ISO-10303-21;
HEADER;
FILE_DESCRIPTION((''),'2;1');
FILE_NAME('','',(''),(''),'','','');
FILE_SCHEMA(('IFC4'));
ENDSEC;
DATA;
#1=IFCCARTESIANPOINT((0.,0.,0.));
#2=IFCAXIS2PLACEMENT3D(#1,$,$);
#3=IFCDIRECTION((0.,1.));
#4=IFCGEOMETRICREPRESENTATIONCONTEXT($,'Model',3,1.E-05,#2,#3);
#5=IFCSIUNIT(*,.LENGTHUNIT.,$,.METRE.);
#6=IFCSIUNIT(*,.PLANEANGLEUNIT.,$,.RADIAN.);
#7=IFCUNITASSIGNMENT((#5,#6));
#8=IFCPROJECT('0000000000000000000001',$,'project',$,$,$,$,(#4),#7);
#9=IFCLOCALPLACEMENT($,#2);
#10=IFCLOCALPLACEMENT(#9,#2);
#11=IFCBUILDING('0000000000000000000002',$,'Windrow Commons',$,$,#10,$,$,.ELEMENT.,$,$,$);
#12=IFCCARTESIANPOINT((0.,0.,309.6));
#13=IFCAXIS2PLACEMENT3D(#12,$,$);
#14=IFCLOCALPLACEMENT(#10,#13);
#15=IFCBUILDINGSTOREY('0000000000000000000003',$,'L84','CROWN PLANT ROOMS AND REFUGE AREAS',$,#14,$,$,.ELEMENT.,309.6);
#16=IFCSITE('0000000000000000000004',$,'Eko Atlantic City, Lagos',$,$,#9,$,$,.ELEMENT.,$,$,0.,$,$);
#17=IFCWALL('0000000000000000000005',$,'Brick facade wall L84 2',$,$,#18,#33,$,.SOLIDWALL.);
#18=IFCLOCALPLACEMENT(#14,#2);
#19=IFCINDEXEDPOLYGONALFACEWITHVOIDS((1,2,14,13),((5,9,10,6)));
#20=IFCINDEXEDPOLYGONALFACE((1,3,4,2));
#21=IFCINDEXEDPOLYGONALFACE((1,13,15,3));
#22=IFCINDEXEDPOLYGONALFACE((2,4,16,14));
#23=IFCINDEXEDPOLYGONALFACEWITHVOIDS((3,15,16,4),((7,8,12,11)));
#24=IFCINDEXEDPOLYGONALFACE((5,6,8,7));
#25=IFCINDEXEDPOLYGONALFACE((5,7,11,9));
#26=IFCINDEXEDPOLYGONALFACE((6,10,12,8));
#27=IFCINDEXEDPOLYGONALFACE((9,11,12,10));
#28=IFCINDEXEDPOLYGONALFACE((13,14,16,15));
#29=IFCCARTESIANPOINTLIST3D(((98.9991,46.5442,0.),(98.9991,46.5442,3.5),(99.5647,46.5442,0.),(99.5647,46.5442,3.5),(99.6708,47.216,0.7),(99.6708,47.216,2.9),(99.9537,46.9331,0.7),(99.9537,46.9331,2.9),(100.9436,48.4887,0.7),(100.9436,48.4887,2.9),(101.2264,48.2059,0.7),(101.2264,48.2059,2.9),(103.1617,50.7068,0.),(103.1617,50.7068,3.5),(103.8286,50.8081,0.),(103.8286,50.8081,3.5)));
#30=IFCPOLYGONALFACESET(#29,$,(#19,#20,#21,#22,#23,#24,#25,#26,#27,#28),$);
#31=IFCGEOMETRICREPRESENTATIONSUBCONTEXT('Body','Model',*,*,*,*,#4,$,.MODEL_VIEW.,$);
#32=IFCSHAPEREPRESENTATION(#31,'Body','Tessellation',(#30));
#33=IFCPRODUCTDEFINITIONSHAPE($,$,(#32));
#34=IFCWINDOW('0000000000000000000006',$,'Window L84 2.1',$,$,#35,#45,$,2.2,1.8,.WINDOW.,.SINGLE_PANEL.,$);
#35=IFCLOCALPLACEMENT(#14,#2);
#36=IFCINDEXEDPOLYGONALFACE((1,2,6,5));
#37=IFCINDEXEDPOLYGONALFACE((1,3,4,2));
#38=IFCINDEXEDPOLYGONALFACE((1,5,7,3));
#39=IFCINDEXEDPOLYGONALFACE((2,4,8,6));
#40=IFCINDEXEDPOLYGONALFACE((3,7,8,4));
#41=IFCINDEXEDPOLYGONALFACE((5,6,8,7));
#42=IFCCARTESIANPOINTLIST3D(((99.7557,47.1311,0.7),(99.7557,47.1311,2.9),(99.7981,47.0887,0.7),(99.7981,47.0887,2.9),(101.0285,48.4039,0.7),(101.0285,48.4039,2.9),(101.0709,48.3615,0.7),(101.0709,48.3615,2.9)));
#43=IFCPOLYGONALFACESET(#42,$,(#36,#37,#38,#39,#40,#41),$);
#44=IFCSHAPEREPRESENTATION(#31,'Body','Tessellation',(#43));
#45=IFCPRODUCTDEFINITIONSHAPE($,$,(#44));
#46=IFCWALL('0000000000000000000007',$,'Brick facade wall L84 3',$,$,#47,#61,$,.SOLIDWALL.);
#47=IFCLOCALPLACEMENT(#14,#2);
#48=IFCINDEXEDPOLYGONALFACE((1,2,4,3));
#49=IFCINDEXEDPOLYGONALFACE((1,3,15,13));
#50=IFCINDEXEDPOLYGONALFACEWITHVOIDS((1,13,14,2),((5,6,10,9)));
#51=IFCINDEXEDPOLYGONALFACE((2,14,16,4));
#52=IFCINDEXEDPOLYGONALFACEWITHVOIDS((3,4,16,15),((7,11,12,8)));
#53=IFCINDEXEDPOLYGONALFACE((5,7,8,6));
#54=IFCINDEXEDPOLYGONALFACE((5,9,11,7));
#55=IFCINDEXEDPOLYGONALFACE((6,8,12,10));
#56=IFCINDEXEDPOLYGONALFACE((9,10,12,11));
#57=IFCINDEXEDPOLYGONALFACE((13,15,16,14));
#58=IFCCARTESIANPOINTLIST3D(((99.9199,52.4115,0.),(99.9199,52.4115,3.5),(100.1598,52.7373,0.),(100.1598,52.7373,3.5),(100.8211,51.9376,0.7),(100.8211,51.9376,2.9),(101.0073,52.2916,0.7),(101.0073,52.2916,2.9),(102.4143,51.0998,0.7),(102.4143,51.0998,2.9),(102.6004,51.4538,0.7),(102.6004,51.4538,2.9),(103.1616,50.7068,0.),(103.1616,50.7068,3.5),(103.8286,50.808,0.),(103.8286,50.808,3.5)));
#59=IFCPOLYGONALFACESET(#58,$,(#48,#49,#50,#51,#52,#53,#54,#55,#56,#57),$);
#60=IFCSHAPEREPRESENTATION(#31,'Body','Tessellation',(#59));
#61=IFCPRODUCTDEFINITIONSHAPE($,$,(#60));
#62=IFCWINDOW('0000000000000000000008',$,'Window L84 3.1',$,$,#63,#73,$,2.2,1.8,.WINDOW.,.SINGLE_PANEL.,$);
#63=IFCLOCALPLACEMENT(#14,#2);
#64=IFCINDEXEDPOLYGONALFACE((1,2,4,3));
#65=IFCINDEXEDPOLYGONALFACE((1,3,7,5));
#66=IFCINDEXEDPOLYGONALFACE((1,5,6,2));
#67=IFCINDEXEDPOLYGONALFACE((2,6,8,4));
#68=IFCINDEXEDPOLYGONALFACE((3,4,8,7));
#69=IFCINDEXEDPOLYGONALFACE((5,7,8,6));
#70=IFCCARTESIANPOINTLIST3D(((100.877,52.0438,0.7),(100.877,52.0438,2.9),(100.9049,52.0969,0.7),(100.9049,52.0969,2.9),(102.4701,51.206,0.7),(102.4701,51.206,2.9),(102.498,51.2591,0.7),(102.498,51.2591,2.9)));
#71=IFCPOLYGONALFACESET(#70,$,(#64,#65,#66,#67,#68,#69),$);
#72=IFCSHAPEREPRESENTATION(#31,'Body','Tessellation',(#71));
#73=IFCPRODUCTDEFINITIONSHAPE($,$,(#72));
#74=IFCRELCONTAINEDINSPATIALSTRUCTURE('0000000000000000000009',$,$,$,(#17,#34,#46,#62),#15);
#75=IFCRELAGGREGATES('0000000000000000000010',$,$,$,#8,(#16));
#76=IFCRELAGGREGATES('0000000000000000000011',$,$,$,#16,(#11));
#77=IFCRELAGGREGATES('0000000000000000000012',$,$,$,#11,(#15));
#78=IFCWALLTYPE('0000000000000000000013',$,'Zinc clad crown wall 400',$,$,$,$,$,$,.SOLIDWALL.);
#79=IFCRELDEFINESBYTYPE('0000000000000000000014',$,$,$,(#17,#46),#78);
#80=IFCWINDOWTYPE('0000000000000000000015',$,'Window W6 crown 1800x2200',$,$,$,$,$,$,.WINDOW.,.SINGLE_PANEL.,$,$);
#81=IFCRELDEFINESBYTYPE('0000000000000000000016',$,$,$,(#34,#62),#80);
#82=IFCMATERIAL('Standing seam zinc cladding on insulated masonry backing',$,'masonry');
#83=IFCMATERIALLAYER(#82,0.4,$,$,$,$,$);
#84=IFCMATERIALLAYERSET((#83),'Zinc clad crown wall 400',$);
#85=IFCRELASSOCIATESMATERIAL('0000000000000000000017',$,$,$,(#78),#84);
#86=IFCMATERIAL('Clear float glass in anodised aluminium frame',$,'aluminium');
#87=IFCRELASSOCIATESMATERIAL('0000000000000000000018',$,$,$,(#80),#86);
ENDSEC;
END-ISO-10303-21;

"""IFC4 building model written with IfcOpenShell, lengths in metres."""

from ifc_helpers import new_model, si_unit, direction, frame, frame_2d, origin, place, context, subcontext, project, spatial, polyline, rectangle, outline, extrude, material, layer, layer_set, type_object, element, fill, save


model = new_model("IFC4")

# Units and contexts
model_context = context("Model", 3, precision=1e-05, world=origin(), true_north=direction((0.0, 1.0)))
body_context = subcontext(model_context, "Body", "Model", "MODEL_VIEW")
ifc_project = project(units=[si_unit("LENGTHUNIT", "METRE"), si_unit("PLANEANGLEUNIT", "RADIAN")], contexts=[model_context])

# Site, building, storey
site_placement = place(None, origin())
site = spatial("IfcSite", under=ifc_project, at=site_placement, Name="Eko Atlantic City, Lagos", CompositionType="ELEMENT", RefElevation=0.0)
building_placement = place(site_placement, origin())
building = spatial("IfcBuilding", under=site, at=building_placement, Name="Windrow Commons", CompositionType="ELEMENT")
storey_placement = place(building_placement, frame((0.0, 0.0, 309.6)))
storey = spatial("IfcBuildingStorey", under=building, at=storey_placement, Name="L84", Description="CROWN PLANT ROOMS AND REFUGE AREAS", CompositionType="ELEMENT", Elevation=309.6)

# Walls, openings, windows
ifc_material_1 = material(Name="Standing seam zinc cladding on insulated masonry backing", Category="masonry")
ifc_layer_1 = layer(ifc_material_1, 0.4)
ifc_layer_set_1 = layer_set([ifc_layer_1], Name="Zinc clad crown wall 400")
wall_type_1 = type_object("IfcWallType", Name="Zinc clad crown wall 400", PredefinedType="SOLIDWALL", material=ifc_layer_set_1)
ifc_material_2 = material(Name="Clear float glass in anodised aluminium frame", Category="aluminium")
window_type = type_object("IfcWindowType", Name="Window W6 crown 1800x2200", PartitioningType="SINGLE_PANEL", PredefinedType="WINDOW", material=ifc_material_2)
wall_1_placement = place(storey_placement, frame((99.2819, 46.5442, 0.0), z_axis=(0.0, 0.0, 1.0), x_axis=(0.707107, 0.707107, 0.0)))
wall_1 = element("IfcWall", 1, at=wall_1_placement, inside=storey, type_object=wall_type_1, Name="Brick facade wall L84 2", PredefinedType="SOLIDWALL", context=body_context, shape_type="SweptSolid", body=[
    extrude(outline(polyline([(0.2, -0.2), (6.23, -0.2), (5.6868, 0.2), (-0.2, 0.2), (0.2, -0.2)])), origin(), (0.0, 0.0, 1.0), 3.5),
])
opening_1_placement = place(wall_1_placement, frame((0.75, 0.0, 0.7)))
opening_1 = element("IfcOpeningElement", 2, at=opening_1_placement, cuts=wall_1, PredefinedType="OPENING", context=body_context, shape_type="SweptSolid", body=[
    extrude(rectangle(XDim=1.8, YDim=2.2, at=frame_2d((0.9, 1.1))), frame((0.0, 0.21, 0.0), z_axis=(0.0, -1.0, 0.0), x_axis=(1.0, 0.0, 0.0)), (0.0, 0.0, 1.0), 0.42),
])
window_1_placement = place(opening_1_placement, origin())
window_1 = element("IfcWindow", 3, at=window_1_placement, inside=storey, type_object=window_type, Name="Window L84 2.1", OverallHeight=2.2, OverallWidth=1.8, PartitioningType="SINGLE_PANEL", PredefinedType="WINDOW", context=body_context, shape_type="SweptSolid", body=[
    extrude(rectangle(XDim=1.8, YDim=2.2, at=frame_2d((0.9, 1.1))), frame((0.0, 0.08, 0.0), z_axis=(0.0, -1.0, 0.0), x_axis=(1.0, 0.0, 0.0)), (0.0, 0.0, 1.0), 0.06),
])
fill(opening_1, window_1)
wall_2_placement = place(storey_placement, frame((103.4951, 50.7574, 0.0), z_axis=(0.0, 0.0, 1.0), x_axis=(-0.885085, 0.46543, 0.0)))
wall_2 = element("IfcWall", 4, at=wall_2_placement, inside=storey, type_object=wall_type_1, Name="Brick facade wall L84 3", PredefinedType="SOLIDWALL", context=body_context, shape_type="SweptSolid", body=[
    extrude(outline(polyline([(-0.2716, -0.2), (3.8735, -0.2), (3.9342, 0.2), (0.2716, 0.2), (-0.2716, -0.2)])), origin(), (0.0, 0.0, 1.0), 3.5),
])
opening_2_placement = place(wall_2_placement, frame((1.116, 0.0, 0.7)))
opening_2 = element("IfcOpeningElement", 5, at=opening_2_placement, cuts=wall_2, PredefinedType="OPENING", context=body_context, shape_type="SweptSolid", body=[
    extrude(rectangle(XDim=1.8, YDim=2.2, at=frame_2d((0.9, 1.1))), frame((0.0, 0.21, 0.0), z_axis=(0.0, -1.0, 0.0), x_axis=(1.0, 0.0, 0.0)), (0.0, 0.0, 1.0), 0.42),
])
window_2_placement = place(opening_2_placement, origin())
window_2 = element("IfcWindow", 6, at=window_2_placement, inside=storey, type_object=window_type, Name="Window L84 3.1", OverallHeight=2.2, OverallWidth=1.8, PartitioningType="SINGLE_PANEL", PredefinedType="WINDOW", context=body_context, shape_type="SweptSolid", body=[
    extrude(rectangle(XDim=1.8, YDim=2.2, at=frame_2d((0.9, 1.1))), frame((0.0, 0.08, 0.0), z_axis=(0.0, -1.0, 0.0), x_axis=(1.0, 0.0, 0.0)), (0.0, 0.0, 1.0), 0.06),
])
fill(opening_2, window_2)

save(model, "model.ifc")
